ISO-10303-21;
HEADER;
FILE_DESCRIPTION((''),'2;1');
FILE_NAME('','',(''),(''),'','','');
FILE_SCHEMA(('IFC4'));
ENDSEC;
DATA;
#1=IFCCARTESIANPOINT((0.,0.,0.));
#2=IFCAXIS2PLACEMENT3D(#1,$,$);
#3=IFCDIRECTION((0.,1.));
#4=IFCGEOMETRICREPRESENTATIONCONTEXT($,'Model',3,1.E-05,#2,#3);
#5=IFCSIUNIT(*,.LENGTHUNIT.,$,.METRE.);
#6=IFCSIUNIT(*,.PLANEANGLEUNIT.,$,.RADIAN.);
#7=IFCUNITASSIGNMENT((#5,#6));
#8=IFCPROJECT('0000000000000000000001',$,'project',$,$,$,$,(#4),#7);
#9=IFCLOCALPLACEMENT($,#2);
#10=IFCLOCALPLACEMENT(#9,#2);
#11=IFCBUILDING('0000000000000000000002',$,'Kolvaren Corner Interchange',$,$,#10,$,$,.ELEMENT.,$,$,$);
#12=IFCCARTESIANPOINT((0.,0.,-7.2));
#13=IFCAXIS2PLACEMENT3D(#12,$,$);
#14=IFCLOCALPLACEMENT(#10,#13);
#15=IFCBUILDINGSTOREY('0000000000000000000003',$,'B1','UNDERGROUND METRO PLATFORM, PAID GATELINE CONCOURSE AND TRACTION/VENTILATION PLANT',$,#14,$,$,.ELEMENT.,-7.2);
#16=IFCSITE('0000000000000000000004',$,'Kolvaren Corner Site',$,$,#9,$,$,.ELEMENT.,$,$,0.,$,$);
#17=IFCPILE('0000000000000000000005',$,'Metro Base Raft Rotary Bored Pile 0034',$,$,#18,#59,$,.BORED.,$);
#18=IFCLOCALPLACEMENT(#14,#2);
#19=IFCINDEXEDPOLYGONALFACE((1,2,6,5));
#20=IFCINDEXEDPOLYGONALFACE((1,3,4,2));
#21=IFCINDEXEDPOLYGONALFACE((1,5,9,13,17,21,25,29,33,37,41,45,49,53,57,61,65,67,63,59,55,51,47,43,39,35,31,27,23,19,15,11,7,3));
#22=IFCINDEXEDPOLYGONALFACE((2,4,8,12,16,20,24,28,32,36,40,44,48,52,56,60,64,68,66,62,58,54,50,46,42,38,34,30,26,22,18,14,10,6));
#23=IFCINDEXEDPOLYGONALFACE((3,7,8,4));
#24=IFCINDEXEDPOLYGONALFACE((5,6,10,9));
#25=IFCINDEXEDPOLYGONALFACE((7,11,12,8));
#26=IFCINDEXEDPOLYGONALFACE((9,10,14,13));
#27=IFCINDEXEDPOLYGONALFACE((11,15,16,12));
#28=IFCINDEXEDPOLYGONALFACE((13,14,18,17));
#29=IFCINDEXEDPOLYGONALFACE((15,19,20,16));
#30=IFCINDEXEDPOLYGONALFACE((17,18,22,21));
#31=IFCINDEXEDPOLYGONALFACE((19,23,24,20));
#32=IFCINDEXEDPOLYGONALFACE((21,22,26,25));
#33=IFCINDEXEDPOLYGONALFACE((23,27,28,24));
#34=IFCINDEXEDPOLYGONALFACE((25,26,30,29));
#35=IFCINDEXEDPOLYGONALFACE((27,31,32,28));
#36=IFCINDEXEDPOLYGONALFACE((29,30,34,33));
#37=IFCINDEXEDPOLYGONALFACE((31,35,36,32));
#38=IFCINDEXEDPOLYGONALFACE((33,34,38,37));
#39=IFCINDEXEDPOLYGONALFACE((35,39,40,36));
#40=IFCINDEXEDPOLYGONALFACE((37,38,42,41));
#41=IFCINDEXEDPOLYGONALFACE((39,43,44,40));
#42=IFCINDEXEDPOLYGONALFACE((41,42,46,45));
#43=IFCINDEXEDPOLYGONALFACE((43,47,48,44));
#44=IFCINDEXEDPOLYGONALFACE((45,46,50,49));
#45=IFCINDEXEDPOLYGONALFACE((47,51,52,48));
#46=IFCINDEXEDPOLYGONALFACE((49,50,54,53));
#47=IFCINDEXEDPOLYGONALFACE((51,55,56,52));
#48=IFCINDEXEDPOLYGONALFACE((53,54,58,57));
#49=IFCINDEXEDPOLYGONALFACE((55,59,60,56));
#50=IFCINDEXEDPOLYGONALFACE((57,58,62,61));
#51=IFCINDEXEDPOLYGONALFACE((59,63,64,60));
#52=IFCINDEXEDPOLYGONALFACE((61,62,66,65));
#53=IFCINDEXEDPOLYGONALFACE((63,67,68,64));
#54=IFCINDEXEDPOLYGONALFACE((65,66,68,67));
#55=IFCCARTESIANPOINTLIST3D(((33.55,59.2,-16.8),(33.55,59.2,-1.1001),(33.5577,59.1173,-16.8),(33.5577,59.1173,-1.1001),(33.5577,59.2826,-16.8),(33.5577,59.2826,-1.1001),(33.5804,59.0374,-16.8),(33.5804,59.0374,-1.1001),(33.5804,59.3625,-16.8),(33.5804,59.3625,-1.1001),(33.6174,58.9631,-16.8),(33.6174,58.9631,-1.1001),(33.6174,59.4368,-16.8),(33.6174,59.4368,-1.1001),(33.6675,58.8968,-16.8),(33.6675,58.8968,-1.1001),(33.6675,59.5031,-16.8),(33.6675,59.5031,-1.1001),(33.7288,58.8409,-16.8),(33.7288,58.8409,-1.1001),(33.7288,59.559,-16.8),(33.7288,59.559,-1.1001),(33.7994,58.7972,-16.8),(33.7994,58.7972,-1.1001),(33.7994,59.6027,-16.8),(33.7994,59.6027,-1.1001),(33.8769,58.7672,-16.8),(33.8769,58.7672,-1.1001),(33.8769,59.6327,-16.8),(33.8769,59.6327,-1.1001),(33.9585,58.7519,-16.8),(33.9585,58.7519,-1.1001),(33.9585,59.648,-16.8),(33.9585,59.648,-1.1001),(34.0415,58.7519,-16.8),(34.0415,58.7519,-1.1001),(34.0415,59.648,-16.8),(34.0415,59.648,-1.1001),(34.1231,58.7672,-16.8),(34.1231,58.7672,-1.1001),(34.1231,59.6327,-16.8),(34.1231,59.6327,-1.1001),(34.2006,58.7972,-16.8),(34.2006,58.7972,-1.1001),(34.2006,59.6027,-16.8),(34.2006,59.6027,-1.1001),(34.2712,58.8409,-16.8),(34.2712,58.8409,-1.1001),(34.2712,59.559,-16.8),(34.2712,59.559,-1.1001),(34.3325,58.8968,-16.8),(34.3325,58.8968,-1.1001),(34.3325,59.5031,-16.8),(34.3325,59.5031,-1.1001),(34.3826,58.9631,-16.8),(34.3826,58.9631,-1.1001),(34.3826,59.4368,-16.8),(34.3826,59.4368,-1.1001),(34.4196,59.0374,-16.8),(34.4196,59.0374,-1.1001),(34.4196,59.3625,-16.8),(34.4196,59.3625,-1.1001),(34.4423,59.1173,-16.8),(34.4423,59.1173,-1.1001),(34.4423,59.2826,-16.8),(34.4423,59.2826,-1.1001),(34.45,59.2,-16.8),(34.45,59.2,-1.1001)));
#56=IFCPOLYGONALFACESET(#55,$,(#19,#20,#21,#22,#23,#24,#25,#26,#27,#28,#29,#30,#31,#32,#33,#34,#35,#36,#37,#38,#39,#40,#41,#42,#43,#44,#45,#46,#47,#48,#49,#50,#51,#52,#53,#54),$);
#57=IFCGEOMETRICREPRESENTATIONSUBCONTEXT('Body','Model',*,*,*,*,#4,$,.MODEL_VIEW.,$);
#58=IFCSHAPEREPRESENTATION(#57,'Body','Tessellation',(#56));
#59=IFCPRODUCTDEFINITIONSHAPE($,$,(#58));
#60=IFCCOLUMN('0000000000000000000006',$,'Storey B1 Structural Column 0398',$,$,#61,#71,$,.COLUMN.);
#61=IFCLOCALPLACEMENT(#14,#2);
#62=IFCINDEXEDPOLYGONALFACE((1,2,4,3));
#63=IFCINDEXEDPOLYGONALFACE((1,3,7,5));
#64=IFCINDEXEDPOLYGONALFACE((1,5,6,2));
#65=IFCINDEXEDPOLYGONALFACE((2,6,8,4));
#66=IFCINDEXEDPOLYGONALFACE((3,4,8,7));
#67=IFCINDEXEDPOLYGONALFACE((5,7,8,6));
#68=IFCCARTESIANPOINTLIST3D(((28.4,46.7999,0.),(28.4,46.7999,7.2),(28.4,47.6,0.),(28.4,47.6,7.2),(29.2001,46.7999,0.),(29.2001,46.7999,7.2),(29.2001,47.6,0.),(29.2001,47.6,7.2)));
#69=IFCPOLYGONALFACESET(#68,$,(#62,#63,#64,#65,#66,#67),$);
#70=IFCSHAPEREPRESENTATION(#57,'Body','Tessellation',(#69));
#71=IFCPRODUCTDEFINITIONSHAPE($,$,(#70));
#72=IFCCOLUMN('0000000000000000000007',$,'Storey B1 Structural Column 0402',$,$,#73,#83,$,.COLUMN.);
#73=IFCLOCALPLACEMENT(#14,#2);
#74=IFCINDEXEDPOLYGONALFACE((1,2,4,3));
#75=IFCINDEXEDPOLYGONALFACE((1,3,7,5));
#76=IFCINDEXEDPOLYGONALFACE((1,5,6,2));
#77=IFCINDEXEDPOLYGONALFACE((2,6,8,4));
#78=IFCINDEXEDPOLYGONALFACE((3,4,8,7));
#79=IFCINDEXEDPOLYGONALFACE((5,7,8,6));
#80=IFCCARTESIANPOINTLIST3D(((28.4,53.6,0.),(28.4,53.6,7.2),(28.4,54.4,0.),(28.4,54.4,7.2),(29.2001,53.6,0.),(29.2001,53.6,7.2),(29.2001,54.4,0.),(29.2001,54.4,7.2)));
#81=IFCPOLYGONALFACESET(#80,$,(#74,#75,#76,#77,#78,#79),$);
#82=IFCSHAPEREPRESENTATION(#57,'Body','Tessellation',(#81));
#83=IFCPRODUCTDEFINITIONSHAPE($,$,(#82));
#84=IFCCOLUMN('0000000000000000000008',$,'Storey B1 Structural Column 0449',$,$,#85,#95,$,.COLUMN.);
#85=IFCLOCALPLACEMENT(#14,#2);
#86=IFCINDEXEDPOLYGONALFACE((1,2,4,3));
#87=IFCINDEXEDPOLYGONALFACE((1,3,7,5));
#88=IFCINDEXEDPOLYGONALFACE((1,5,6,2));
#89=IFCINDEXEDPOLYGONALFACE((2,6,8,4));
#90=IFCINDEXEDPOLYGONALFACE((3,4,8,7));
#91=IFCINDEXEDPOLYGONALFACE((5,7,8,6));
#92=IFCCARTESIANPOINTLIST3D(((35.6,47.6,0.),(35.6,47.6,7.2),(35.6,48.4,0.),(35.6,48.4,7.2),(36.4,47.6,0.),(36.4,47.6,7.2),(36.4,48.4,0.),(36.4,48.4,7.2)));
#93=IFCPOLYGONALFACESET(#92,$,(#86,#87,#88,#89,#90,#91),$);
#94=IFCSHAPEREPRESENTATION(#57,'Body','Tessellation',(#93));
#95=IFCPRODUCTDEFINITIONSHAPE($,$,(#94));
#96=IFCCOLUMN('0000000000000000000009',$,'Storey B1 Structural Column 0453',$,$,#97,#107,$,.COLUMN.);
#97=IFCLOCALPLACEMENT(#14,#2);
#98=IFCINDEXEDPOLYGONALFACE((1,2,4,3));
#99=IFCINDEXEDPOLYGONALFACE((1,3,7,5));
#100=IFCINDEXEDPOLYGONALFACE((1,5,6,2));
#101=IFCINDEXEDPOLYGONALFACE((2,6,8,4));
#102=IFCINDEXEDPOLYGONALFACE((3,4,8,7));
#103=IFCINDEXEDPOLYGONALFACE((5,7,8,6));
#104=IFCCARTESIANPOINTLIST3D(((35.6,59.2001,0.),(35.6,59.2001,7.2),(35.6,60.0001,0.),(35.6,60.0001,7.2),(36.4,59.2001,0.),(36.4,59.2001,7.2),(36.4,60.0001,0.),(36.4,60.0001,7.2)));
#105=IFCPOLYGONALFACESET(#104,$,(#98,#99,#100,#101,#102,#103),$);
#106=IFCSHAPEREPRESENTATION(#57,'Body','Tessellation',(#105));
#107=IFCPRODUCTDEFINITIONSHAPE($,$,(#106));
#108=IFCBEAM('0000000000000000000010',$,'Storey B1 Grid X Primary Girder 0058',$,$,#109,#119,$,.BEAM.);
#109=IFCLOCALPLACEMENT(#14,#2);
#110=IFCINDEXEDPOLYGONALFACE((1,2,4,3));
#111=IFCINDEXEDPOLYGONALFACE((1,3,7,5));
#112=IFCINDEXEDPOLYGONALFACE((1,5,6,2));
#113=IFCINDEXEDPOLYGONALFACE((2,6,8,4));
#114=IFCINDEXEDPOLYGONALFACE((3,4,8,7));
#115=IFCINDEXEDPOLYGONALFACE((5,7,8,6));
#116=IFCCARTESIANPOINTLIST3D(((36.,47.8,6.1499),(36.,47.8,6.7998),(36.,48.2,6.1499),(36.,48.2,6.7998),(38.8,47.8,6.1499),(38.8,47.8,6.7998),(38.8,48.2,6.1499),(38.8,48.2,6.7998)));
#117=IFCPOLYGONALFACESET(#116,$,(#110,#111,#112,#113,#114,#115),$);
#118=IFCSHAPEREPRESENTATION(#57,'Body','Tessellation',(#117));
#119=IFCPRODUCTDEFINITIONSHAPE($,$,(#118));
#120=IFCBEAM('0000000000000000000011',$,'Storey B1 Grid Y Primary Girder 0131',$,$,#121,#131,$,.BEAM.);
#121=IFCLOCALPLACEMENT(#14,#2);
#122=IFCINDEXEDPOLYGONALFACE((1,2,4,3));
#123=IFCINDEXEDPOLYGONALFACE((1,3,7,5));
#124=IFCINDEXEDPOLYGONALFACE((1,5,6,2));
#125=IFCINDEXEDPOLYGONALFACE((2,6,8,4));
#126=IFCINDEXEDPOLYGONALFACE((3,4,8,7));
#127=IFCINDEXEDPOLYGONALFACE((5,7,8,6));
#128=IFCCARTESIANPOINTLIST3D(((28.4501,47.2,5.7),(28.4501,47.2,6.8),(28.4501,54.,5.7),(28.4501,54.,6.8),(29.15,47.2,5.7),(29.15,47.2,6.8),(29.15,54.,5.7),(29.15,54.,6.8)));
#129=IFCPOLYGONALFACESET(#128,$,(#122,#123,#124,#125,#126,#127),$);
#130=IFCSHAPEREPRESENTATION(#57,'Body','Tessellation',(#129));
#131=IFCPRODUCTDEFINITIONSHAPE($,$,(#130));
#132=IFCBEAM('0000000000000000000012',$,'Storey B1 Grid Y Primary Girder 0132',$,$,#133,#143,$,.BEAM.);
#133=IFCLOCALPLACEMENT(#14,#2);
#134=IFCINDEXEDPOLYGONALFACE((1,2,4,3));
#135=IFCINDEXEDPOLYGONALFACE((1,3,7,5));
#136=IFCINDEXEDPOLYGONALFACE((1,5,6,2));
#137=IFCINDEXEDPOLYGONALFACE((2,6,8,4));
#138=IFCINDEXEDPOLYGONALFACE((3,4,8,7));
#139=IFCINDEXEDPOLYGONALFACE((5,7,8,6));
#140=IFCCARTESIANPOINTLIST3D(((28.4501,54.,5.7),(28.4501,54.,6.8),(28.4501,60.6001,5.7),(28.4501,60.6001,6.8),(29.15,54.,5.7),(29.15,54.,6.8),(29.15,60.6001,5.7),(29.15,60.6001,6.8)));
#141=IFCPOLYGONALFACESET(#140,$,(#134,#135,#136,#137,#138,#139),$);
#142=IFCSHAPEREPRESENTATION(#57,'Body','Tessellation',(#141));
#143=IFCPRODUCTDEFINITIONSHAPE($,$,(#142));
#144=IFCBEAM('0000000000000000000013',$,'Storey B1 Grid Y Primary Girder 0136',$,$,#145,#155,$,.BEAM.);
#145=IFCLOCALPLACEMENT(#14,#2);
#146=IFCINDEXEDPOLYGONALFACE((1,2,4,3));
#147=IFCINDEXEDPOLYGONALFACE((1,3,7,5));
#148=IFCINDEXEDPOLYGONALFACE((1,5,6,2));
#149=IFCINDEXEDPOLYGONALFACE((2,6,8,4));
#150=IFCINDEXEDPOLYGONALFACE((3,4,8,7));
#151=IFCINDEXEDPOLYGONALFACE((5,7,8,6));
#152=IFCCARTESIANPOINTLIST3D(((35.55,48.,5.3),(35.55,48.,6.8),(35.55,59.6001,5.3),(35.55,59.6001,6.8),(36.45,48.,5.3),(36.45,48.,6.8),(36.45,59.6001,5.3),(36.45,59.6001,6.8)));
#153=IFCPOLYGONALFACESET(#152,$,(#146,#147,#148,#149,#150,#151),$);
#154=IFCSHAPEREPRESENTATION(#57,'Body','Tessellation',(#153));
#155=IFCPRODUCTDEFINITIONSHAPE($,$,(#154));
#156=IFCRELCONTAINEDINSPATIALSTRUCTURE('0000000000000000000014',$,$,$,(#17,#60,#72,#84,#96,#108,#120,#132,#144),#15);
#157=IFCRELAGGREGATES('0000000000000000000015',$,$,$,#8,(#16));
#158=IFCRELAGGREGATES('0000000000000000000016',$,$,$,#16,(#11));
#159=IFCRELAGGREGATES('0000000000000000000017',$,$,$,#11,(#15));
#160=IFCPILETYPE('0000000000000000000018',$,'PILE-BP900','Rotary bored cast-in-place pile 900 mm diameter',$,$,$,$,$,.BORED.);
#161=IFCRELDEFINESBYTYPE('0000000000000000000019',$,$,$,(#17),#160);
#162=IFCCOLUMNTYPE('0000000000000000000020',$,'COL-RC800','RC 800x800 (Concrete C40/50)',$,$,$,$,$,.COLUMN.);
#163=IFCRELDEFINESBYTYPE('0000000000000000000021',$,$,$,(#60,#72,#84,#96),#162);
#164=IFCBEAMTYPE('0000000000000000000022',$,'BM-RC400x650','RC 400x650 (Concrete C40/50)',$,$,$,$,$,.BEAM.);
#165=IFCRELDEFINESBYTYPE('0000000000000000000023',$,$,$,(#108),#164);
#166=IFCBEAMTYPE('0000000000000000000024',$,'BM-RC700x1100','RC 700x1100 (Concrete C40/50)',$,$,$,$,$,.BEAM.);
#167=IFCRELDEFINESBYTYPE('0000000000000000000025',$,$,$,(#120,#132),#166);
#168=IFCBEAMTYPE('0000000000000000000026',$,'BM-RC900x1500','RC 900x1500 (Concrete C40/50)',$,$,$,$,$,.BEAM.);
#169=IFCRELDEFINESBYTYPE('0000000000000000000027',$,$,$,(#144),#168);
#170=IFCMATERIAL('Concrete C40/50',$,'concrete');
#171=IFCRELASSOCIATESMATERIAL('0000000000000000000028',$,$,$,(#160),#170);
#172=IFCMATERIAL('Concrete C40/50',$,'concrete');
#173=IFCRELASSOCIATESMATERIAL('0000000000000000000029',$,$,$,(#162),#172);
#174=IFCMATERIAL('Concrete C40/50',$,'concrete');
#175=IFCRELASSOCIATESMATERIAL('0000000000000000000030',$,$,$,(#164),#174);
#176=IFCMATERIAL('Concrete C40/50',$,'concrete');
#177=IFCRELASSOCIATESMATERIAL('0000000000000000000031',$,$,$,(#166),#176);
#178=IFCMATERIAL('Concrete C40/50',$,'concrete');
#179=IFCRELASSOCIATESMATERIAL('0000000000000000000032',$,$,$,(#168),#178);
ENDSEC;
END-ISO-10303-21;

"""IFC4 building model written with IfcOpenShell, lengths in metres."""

from ifc_helpers import new_model, si_unit, direction, frame, origin, origin_2d, place, context, subcontext, project, spatial, rectangle, circle, extrude, material, material_profile, profile_set, type_object, element, save


model = new_model("IFC4")

# Units and contexts
model_context = context("Model", 3, precision=1e-05, world=origin(), true_north=direction((0.0, 1.0)))
body_context = subcontext(model_context, "Body", "Model", "MODEL_VIEW")
ifc_project = project(units=[si_unit("LENGTHUNIT", "METRE"), si_unit("PLANEANGLEUNIT", "RADIAN")], contexts=[model_context])

# Site, building, storey
site_placement = place(None, origin())
site = spatial("IfcSite", under=ifc_project, at=site_placement, Name="Kolvaren Corner Site", CompositionType="ELEMENT", RefElevation=0.0)
building_placement = place(site_placement, origin())
building = spatial("IfcBuilding", under=site, at=building_placement, Name="Kolvaren Corner Interchange", CompositionType="ELEMENT")
storey_placement = place(building_placement, frame((0.0, 0.0, -7.2)))
storey = spatial("IfcBuildingStorey", under=building, at=storey_placement, Name="B1", Description="UNDERGROUND METRO PLATFORM, PAID GATELINE CONCOURSE AND TRACTION/VENTILATION PLANT", CompositionType="ELEMENT", Elevation=-7.2)

# Pile
ifc_material_1 = material(Name="Concrete C40/50", Category="concrete")
ifc_material_profile_1 = material_profile(ifc_material_1, circle(Radius=0.45, at=origin_2d()), Name="BORED PILE 900")
ifc_profile_set_1 = profile_set([ifc_material_profile_1], Name="Concrete C40/50")
pile_type = type_object("IfcPileType", Name="PILE-BP900", Description="Rotary bored cast-in-place pile 900 mm diameter", PredefinedType="BORED", material=ifc_profile_set_1)
for number, where, z_axis, x_axis, name in (
    (1, (34.0, 59.2, -1.1001), (0.0, 0.0, -1.0), (1.0, 0.0, 0.0), "Metro Base Raft Rotary Bored Pile 0034"),
):
    element("IfcPile", number, at=place(storey_placement, frame(where, z_axis=z_axis, x_axis=x_axis)), inside=storey, type_object=pile_type, Name=name, PredefinedType="BORED", context=body_context, shape_type="SweptSolid", body=[
        extrude(circle(Radius=0.45, at=origin_2d()), origin(), (0.0, 0.0, 1.0), 15.7),
    ])

# Columns
ifc_material_2 = material(Name="Concrete C40/50", Category="concrete")
ifc_material_profile_2 = material_profile(ifc_material_2, rectangle(XDim=0.8, YDim=0.8, at=origin_2d()), Name="RC 800x800")
ifc_profile_set_2 = profile_set([ifc_material_profile_2], Name="Concrete C40/50")
column_type = type_object("IfcColumnType", Name="COL-RC800", Description="RC 800x800 (Concrete C40/50)", PredefinedType="COLUMN", material=ifc_profile_set_2)
for number, where, z_axis, x_axis, name in (
    (2, (28.8, 47.2, 0.0), (0.0, 0.0, 1.0), (1.0, 0.0, 0.0), "Storey B1 Structural Column 0398"),
    (3, (28.8, 54.0, 0.0), (0.0, 0.0, 1.0), (1.0, 0.0, 0.0), "Storey B1 Structural Column 0402"),
    (4, (36.0, 48.0, 0.0), (0.0, 0.0, 1.0), (1.0, 0.0, 0.0), "Storey B1 Structural Column 0449"),
    (5, (36.0, 59.6001, 0.0), (0.0, 0.0, 1.0), (1.0, 0.0, 0.0), "Storey B1 Structural Column 0453"),
):
    element("IfcColumn", number, at=place(storey_placement, frame(where, z_axis=z_axis, x_axis=x_axis)), inside=storey, type_object=column_type, Name=name, PredefinedType="COLUMN", context=body_context, shape_type="SweptSolid", body=[
        extrude(rectangle(XDim=0.8, YDim=0.8, at=origin_2d()), origin(), (0.0, 0.0, 1.0), 7.2),
    ])

# Beams
ifc_material_3 = material(Name="Concrete C40/50", Category="concrete")
ifc_material_profile_3 = material_profile(ifc_material_3, rectangle(XDim=0.3999, YDim=0.6499, at=origin_2d()), Name="RC 400x650")
ifc_profile_set_3 = profile_set([ifc_material_profile_3], Name="Concrete C40/50")
beam_type_1 = type_object("IfcBeamType", Name="BM-RC400x650", Description="RC 400x650 (Concrete C40/50)", PredefinedType="BEAM", material=ifc_profile_set_3)
beam_1_placement = place(storey_placement, frame((36.0, 48.0, 6.4749), z_axis=(1.0, 0.0, 0.0), x_axis=(0.0, 1.0, 0.0)))
element("IfcBeam", 6, at=beam_1_placement, inside=storey, type_object=beam_type_1, Name="Storey B1 Grid X Primary Girder 0058", PredefinedType="BEAM", context=body_context, shape_type="SweptSolid", body=[
    extrude(rectangle(XDim=0.3999, YDim=0.6499, at=origin_2d()), origin(), (0.0, 0.0, 1.0), 2.8),
])
ifc_material_4 = material(Name="Concrete C40/50", Category="concrete")
ifc_material_profile_4 = material_profile(ifc_material_4, rectangle(XDim=0.7, YDim=1.1001, at=origin_2d()), Name="RC 700x1100")
ifc_profile_set_4 = profile_set([ifc_material_profile_4], Name="Concrete C40/50")
beam_type_2 = type_object("IfcBeamType", Name="BM-RC700x1100", Description="RC 700x1100 (Concrete C40/50)", PredefinedType="BEAM", material=ifc_profile_set_4)
beam_2_placement = place(storey_placement, frame((28.8, 47.2, 6.25), z_axis=(0.0, 1.0, 0.0), x_axis=(-1.0, 0.0, 0.0)))
element("IfcBeam", 7, at=beam_2_placement, inside=storey, type_object=beam_type_2, Name="Storey B1 Grid Y Primary Girder 0131", PredefinedType="BEAM", context=body_context, shape_type="SweptSolid", body=[
    extrude(rectangle(XDim=0.7, YDim=1.1001, at=origin_2d()), origin(), (0.0, 0.0, 1.0), 6.8),
])
beam_3_placement = place(storey_placement, frame((28.8, 54.0, 6.25), z_axis=(0.0, 1.0, 0.0), x_axis=(-1.0, 0.0, 0.0)))
element("IfcBeam", 8, at=beam_3_placement, inside=storey, type_object=beam_type_2, Name="Storey B1 Grid Y Primary Girder 0132", PredefinedType="BEAM", context=body_context, shape_type="SweptSolid", body=[
    extrude(rectangle(XDim=0.7, YDim=1.1001, at=origin_2d()), origin(), (0.0, 0.0, 1.0), 6.6001),
])
ifc_material_5 = material(Name="Concrete C40/50", Category="concrete")
ifc_material_profile_5 = material_profile(ifc_material_5, rectangle(XDim=0.8999, YDim=1.5, at=origin_2d()), Name="RC 900x1500")
ifc_profile_set_5 = profile_set([ifc_material_profile_5], Name="Concrete C40/50")
beam_type_3 = type_object("IfcBeamType", Name="BM-RC900x1500", Description="RC 900x1500 (Concrete C40/50)", PredefinedType="BEAM", material=ifc_profile_set_5)
beam_4_placement = place(storey_placement, frame((36.0, 48.0, 6.05), z_axis=(0.0, 1.0, 0.0), x_axis=(-1.0, 0.0, 0.0)))
element("IfcBeam", 9, at=beam_4_placement, inside=storey, type_object=beam_type_3, Name="Storey B1 Grid Y Primary Girder 0136", PredefinedType="BEAM", context=body_context, shape_type="SweptSolid", body=[
    extrude(rectangle(XDim=0.8999, YDim=1.5, at=origin_2d()), origin(), (0.0, 0.0, 1.0), 11.6001),
])

save(model, "model.ifc")
